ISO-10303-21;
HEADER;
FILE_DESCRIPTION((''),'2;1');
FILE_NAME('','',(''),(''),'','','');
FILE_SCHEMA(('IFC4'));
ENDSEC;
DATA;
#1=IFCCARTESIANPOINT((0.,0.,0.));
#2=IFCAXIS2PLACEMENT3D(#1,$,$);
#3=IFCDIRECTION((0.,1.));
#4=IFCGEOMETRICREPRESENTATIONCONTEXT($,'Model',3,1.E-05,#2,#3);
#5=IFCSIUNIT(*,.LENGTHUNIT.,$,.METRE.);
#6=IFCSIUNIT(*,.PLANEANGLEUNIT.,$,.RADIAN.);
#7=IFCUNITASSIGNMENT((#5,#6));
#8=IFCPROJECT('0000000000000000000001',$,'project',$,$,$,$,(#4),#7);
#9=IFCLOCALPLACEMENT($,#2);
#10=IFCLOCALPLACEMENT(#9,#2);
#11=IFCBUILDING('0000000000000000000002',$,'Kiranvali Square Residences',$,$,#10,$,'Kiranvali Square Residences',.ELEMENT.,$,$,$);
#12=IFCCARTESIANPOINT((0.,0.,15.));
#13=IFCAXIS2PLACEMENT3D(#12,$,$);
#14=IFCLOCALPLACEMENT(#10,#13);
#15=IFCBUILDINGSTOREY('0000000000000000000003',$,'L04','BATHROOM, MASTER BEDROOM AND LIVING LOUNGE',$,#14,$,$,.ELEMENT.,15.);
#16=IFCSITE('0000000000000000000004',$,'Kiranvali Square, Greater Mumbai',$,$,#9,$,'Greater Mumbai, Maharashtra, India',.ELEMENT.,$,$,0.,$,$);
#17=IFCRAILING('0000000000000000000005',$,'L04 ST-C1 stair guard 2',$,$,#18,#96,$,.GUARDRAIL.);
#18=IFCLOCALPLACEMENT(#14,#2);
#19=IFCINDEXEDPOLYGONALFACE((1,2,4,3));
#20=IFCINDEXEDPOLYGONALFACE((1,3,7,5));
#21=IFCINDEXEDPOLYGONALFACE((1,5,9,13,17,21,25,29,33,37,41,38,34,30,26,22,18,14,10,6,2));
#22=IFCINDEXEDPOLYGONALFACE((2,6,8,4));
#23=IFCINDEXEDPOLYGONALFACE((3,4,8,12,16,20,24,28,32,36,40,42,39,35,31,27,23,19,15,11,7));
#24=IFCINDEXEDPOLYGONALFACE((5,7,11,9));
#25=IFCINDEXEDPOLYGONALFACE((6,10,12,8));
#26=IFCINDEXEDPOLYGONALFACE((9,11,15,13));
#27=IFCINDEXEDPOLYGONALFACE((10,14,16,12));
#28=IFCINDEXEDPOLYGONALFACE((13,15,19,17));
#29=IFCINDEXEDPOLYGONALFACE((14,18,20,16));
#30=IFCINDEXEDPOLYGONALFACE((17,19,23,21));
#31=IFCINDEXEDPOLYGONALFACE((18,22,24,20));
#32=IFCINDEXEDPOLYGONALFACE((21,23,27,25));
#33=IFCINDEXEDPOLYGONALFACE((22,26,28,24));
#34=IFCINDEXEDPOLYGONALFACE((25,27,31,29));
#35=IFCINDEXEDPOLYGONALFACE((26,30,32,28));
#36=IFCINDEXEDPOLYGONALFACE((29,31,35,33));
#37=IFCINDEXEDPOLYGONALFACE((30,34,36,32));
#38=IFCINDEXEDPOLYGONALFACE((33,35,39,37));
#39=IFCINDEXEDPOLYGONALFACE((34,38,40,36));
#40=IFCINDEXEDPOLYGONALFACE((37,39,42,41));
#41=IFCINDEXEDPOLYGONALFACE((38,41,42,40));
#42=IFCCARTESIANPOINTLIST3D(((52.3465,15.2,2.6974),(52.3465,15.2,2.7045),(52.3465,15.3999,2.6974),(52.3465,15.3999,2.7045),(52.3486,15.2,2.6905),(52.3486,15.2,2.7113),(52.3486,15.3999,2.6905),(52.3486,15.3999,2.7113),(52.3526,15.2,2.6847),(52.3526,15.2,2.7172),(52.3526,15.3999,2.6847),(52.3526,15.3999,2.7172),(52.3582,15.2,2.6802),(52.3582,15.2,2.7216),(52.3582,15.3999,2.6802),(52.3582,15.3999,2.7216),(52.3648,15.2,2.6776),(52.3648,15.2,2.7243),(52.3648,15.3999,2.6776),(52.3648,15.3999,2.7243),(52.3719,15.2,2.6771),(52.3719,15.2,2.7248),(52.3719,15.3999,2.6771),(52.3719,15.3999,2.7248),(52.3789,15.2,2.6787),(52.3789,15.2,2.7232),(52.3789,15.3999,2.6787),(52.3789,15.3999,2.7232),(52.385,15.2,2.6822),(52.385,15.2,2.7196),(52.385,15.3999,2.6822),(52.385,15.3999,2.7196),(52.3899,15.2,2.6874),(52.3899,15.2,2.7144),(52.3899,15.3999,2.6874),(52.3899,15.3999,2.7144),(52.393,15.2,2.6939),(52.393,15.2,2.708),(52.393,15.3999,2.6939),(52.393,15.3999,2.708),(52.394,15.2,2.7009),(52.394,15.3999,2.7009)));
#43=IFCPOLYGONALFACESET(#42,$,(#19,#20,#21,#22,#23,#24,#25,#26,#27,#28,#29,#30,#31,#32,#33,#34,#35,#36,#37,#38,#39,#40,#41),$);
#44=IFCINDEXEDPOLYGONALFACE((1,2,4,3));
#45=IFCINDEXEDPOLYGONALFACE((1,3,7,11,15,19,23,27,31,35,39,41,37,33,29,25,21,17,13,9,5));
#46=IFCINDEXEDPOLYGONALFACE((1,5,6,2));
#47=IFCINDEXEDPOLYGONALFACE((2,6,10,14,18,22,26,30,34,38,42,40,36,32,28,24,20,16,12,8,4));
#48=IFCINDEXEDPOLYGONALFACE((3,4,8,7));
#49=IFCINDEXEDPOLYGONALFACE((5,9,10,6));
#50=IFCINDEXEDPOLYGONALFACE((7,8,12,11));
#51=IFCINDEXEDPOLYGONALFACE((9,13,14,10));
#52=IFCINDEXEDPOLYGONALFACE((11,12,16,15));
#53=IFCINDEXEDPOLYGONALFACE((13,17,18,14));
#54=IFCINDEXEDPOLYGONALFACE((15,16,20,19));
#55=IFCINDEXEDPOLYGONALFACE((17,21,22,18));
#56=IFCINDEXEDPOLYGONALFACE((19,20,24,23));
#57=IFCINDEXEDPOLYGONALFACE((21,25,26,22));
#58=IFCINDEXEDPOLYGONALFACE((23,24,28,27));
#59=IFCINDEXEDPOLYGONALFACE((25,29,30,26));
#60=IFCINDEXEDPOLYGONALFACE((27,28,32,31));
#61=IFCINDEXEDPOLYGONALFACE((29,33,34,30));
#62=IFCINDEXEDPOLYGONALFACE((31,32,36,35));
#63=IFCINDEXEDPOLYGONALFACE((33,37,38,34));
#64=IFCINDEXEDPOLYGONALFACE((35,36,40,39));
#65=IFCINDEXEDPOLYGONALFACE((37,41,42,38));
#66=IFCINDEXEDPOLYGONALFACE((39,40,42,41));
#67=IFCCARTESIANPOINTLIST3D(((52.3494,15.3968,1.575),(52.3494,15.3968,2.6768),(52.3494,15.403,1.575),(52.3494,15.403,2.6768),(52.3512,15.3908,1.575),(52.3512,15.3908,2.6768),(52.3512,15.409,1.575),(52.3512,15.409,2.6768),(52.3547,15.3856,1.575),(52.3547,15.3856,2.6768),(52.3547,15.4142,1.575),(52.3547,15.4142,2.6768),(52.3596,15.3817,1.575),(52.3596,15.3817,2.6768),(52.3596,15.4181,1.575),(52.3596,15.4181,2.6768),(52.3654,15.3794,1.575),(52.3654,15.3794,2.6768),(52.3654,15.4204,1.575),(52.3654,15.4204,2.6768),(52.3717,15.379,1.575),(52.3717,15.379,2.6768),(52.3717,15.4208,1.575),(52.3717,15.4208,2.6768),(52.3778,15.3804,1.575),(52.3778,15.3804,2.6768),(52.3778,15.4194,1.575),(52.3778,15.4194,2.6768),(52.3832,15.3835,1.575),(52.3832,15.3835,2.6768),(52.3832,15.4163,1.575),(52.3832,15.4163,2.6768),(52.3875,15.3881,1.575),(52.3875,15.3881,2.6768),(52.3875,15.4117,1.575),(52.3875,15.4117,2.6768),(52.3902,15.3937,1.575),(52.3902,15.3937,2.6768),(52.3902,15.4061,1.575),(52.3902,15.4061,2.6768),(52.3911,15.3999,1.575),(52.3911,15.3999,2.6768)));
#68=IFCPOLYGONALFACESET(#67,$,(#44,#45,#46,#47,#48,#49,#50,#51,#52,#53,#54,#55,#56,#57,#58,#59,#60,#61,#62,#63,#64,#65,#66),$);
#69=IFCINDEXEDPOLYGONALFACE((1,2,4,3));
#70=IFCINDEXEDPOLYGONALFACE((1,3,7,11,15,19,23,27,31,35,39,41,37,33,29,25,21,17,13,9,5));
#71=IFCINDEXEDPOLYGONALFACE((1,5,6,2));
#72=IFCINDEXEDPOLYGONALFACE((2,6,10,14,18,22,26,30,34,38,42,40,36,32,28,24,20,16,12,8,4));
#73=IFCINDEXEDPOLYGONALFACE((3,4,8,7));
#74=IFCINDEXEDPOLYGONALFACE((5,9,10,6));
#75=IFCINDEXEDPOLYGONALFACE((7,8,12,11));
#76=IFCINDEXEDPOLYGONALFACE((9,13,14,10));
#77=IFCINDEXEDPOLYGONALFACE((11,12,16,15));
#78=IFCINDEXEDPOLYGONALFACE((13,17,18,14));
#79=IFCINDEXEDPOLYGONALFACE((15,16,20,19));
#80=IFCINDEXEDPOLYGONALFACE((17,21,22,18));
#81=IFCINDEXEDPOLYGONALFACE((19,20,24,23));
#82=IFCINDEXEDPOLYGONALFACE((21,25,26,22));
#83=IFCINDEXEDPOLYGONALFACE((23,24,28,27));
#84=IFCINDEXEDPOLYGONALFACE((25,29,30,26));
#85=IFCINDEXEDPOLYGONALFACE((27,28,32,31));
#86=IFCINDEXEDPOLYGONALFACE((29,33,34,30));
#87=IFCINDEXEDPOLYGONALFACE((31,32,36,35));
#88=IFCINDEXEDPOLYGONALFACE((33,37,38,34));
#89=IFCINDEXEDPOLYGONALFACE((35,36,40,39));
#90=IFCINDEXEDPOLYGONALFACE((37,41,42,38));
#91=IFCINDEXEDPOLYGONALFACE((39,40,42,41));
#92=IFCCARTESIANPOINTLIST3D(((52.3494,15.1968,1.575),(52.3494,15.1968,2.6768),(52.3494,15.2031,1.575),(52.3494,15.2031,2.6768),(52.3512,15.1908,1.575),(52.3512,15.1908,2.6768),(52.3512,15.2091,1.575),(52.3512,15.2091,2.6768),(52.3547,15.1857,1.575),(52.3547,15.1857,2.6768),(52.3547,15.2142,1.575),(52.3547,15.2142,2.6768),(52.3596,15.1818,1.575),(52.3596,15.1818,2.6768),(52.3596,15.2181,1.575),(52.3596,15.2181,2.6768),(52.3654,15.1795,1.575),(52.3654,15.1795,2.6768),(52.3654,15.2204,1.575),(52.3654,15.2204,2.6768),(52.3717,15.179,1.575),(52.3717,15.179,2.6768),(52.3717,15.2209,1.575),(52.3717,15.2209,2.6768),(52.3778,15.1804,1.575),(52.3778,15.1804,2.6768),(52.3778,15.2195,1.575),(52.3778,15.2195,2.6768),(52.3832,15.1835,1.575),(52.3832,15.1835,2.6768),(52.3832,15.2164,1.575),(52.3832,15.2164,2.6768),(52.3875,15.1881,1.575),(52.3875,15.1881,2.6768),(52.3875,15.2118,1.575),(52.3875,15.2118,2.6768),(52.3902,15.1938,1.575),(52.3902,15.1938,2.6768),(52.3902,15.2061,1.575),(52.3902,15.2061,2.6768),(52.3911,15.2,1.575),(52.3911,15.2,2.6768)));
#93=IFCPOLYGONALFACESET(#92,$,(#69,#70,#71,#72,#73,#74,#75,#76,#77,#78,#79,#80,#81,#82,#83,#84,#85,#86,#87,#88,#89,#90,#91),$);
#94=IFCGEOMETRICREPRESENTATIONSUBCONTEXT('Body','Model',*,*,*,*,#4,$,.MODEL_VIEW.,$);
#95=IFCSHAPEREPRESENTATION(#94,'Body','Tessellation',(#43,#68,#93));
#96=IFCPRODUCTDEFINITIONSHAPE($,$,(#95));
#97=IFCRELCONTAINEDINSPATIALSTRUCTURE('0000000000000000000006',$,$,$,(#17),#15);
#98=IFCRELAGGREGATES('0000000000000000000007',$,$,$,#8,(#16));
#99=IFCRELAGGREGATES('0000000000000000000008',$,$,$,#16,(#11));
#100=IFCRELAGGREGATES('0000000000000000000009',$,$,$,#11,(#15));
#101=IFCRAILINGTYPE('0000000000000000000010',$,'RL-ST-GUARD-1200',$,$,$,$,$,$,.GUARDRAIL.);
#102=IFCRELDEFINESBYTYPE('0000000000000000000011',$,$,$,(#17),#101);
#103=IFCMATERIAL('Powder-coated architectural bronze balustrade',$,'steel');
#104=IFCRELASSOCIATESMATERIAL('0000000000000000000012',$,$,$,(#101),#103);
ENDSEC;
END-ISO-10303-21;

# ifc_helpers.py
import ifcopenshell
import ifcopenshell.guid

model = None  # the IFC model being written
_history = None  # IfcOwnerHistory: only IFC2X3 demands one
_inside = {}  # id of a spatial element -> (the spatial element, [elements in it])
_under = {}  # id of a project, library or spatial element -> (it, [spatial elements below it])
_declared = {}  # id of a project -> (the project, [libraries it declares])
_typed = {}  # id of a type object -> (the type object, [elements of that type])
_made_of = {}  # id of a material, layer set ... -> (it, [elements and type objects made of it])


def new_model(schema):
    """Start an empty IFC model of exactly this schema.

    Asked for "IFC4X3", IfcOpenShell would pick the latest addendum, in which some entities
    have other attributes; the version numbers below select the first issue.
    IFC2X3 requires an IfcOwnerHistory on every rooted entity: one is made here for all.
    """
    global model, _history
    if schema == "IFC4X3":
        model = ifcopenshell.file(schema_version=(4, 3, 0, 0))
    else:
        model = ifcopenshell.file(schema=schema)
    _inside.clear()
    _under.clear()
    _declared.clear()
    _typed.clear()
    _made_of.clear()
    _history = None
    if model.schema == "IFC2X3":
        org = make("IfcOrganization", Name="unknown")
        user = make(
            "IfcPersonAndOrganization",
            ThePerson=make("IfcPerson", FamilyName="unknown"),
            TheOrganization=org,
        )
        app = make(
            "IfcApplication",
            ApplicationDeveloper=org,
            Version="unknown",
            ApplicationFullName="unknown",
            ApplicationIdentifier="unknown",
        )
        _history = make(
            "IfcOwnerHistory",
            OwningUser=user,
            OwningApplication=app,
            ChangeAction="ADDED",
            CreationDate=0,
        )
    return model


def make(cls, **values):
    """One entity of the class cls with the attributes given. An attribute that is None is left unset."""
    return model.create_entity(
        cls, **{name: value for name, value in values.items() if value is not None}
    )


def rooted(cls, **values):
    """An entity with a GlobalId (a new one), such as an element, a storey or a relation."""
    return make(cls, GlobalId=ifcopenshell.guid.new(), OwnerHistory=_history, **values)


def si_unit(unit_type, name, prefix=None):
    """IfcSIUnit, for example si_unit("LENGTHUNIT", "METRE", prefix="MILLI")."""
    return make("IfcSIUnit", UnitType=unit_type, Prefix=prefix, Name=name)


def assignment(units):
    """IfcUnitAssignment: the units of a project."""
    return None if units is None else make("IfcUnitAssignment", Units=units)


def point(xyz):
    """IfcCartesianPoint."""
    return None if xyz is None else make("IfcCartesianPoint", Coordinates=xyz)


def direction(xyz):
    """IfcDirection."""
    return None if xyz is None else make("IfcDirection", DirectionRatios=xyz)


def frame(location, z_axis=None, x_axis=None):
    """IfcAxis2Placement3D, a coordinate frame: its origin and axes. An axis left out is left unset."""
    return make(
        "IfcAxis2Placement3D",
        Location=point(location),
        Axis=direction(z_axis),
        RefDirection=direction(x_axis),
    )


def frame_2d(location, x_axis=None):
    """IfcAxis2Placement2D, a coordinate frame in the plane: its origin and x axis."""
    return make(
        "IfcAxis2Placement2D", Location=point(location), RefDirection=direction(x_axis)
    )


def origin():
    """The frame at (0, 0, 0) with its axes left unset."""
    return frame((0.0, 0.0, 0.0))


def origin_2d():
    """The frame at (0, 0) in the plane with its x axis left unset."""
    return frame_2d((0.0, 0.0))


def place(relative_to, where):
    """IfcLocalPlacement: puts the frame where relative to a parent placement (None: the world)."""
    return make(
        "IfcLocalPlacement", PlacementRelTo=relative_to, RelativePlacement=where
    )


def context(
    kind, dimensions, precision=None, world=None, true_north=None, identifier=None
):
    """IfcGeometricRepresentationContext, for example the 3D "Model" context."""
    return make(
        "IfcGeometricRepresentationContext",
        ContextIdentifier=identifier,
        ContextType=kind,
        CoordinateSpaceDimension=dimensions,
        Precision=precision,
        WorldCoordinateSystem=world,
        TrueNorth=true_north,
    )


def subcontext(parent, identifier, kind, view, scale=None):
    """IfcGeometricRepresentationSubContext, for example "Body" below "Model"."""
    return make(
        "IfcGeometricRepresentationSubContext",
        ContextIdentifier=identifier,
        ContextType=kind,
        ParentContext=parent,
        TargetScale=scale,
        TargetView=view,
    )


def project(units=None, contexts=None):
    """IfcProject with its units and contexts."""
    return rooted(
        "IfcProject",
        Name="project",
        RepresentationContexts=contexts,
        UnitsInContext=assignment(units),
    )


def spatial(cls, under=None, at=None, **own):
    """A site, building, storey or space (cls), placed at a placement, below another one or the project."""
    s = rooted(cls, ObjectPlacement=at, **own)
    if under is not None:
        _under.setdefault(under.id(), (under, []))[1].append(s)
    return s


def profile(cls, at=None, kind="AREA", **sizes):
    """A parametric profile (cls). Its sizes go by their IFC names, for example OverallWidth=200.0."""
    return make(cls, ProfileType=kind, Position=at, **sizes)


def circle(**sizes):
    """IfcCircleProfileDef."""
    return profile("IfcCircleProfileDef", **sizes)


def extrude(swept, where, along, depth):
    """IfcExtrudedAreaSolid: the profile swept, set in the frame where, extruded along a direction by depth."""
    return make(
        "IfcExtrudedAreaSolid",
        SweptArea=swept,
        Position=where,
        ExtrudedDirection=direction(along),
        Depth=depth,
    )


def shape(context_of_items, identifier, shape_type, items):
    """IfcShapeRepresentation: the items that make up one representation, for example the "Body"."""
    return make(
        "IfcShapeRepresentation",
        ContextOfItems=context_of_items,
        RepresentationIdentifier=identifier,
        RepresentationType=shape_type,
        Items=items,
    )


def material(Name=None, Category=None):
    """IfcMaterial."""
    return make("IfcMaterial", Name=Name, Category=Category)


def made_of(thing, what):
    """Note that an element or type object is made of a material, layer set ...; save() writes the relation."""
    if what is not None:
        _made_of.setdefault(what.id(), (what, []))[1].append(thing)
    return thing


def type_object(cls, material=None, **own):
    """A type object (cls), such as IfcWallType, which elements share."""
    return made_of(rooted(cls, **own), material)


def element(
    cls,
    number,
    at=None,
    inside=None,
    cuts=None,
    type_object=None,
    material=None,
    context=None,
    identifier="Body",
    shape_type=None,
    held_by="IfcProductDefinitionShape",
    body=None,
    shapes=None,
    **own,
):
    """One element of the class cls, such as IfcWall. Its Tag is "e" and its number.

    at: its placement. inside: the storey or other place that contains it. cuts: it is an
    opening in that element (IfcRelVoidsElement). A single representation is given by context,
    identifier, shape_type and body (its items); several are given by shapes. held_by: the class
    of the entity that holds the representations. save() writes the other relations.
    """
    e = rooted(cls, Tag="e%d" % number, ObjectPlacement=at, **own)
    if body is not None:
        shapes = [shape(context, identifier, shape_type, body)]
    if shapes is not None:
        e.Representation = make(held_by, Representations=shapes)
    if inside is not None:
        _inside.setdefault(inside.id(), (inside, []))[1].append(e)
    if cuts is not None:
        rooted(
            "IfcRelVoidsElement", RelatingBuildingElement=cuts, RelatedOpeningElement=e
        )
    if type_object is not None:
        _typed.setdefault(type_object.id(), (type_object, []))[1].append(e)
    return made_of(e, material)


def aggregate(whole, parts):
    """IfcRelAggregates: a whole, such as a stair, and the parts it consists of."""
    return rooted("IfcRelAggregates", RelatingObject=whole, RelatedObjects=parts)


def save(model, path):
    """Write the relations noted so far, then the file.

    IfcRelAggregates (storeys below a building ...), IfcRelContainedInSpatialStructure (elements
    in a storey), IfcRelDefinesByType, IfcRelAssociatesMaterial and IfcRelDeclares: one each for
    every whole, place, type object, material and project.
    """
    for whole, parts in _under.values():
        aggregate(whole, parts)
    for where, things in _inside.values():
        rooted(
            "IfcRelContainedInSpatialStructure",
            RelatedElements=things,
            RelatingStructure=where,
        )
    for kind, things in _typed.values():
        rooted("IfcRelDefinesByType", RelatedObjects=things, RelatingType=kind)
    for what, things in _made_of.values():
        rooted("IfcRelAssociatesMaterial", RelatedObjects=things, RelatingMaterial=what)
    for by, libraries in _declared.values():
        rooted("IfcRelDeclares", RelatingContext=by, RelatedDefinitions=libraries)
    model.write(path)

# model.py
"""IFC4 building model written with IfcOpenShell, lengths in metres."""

from ifc_helpers import new_model, si_unit, direction, frame, origin, origin_2d, place, context, subcontext, project, spatial, circle, extrude, material, type_object, element, save


model = new_model("IFC4")

# Units and contexts
model_context = context("Model", 3, precision=1e-05, world=origin(), true_north=direction((0.0, 1.0)))
body_context = subcontext(model_context, "Body", "Model", "MODEL_VIEW")
ifc_project = project(units=[si_unit("LENGTHUNIT", "METRE"), si_unit("PLANEANGLEUNIT", "RADIAN")], contexts=[model_context])

# Site, building, storey
site_placement = place(None, origin())
site = spatial("IfcSite", under=ifc_project, at=site_placement, Name="Kiranvali Square, Greater Mumbai", LongName="Greater Mumbai, Maharashtra, India", CompositionType="ELEMENT", RefElevation=0.0)
building_placement = place(site_placement, origin())
building = spatial("IfcBuilding", under=site, at=building_placement, Name="Kiranvali Square Residences", LongName="Kiranvali Square Residences", CompositionType="ELEMENT")
storey_placement = place(building_placement, frame((0.0, 0.0, 15.0)))
storey = spatial("IfcBuildingStorey", under=building, at=storey_placement, Name="L04", Description="BATHROOM, MASTER BEDROOM AND LIVING LOUNGE", CompositionType="ELEMENT", Elevation=15.0)

# Railing
ifc_material_1 = material(Name="Powder-coated architectural bronze balustrade", Category="steel")
railing_type_1 = type_object("IfcRailingType", Name="RL-ST-GUARD-1200", PredefinedType="GUARDRAIL", material=ifc_material_1)
railing_1_placement = place(storey_placement, frame((52.3701, 15.3999, 1.575)))
element("IfcRailing", 1, at=railing_1_placement, inside=storey, type_object=railing_type_1, Name="L04 ST-C1 stair guard 2", PredefinedType="GUARDRAIL", context=body_context, shape_type="SweptSolid", body=[
    extrude(circle(Radius=0.0239, at=origin_2d()), frame((0.0, 0.0, 1.126), z_axis=(0.0, -1.0, 0.0), x_axis=(1.0, 0.0, 0.0)), (0.0, 0.0, 1.0), 0.2),
    extrude(circle(Radius=0.021, at=origin_2d()), origin(), (0.0, 0.0, 1.0), 1.1018),
    extrude(circle(Radius=0.021, at=origin_2d()), frame((0.0, -0.2, 0.0)), (0.0, 0.0, 1.0), 1.1018),
])

save(model, "model.ifc")
